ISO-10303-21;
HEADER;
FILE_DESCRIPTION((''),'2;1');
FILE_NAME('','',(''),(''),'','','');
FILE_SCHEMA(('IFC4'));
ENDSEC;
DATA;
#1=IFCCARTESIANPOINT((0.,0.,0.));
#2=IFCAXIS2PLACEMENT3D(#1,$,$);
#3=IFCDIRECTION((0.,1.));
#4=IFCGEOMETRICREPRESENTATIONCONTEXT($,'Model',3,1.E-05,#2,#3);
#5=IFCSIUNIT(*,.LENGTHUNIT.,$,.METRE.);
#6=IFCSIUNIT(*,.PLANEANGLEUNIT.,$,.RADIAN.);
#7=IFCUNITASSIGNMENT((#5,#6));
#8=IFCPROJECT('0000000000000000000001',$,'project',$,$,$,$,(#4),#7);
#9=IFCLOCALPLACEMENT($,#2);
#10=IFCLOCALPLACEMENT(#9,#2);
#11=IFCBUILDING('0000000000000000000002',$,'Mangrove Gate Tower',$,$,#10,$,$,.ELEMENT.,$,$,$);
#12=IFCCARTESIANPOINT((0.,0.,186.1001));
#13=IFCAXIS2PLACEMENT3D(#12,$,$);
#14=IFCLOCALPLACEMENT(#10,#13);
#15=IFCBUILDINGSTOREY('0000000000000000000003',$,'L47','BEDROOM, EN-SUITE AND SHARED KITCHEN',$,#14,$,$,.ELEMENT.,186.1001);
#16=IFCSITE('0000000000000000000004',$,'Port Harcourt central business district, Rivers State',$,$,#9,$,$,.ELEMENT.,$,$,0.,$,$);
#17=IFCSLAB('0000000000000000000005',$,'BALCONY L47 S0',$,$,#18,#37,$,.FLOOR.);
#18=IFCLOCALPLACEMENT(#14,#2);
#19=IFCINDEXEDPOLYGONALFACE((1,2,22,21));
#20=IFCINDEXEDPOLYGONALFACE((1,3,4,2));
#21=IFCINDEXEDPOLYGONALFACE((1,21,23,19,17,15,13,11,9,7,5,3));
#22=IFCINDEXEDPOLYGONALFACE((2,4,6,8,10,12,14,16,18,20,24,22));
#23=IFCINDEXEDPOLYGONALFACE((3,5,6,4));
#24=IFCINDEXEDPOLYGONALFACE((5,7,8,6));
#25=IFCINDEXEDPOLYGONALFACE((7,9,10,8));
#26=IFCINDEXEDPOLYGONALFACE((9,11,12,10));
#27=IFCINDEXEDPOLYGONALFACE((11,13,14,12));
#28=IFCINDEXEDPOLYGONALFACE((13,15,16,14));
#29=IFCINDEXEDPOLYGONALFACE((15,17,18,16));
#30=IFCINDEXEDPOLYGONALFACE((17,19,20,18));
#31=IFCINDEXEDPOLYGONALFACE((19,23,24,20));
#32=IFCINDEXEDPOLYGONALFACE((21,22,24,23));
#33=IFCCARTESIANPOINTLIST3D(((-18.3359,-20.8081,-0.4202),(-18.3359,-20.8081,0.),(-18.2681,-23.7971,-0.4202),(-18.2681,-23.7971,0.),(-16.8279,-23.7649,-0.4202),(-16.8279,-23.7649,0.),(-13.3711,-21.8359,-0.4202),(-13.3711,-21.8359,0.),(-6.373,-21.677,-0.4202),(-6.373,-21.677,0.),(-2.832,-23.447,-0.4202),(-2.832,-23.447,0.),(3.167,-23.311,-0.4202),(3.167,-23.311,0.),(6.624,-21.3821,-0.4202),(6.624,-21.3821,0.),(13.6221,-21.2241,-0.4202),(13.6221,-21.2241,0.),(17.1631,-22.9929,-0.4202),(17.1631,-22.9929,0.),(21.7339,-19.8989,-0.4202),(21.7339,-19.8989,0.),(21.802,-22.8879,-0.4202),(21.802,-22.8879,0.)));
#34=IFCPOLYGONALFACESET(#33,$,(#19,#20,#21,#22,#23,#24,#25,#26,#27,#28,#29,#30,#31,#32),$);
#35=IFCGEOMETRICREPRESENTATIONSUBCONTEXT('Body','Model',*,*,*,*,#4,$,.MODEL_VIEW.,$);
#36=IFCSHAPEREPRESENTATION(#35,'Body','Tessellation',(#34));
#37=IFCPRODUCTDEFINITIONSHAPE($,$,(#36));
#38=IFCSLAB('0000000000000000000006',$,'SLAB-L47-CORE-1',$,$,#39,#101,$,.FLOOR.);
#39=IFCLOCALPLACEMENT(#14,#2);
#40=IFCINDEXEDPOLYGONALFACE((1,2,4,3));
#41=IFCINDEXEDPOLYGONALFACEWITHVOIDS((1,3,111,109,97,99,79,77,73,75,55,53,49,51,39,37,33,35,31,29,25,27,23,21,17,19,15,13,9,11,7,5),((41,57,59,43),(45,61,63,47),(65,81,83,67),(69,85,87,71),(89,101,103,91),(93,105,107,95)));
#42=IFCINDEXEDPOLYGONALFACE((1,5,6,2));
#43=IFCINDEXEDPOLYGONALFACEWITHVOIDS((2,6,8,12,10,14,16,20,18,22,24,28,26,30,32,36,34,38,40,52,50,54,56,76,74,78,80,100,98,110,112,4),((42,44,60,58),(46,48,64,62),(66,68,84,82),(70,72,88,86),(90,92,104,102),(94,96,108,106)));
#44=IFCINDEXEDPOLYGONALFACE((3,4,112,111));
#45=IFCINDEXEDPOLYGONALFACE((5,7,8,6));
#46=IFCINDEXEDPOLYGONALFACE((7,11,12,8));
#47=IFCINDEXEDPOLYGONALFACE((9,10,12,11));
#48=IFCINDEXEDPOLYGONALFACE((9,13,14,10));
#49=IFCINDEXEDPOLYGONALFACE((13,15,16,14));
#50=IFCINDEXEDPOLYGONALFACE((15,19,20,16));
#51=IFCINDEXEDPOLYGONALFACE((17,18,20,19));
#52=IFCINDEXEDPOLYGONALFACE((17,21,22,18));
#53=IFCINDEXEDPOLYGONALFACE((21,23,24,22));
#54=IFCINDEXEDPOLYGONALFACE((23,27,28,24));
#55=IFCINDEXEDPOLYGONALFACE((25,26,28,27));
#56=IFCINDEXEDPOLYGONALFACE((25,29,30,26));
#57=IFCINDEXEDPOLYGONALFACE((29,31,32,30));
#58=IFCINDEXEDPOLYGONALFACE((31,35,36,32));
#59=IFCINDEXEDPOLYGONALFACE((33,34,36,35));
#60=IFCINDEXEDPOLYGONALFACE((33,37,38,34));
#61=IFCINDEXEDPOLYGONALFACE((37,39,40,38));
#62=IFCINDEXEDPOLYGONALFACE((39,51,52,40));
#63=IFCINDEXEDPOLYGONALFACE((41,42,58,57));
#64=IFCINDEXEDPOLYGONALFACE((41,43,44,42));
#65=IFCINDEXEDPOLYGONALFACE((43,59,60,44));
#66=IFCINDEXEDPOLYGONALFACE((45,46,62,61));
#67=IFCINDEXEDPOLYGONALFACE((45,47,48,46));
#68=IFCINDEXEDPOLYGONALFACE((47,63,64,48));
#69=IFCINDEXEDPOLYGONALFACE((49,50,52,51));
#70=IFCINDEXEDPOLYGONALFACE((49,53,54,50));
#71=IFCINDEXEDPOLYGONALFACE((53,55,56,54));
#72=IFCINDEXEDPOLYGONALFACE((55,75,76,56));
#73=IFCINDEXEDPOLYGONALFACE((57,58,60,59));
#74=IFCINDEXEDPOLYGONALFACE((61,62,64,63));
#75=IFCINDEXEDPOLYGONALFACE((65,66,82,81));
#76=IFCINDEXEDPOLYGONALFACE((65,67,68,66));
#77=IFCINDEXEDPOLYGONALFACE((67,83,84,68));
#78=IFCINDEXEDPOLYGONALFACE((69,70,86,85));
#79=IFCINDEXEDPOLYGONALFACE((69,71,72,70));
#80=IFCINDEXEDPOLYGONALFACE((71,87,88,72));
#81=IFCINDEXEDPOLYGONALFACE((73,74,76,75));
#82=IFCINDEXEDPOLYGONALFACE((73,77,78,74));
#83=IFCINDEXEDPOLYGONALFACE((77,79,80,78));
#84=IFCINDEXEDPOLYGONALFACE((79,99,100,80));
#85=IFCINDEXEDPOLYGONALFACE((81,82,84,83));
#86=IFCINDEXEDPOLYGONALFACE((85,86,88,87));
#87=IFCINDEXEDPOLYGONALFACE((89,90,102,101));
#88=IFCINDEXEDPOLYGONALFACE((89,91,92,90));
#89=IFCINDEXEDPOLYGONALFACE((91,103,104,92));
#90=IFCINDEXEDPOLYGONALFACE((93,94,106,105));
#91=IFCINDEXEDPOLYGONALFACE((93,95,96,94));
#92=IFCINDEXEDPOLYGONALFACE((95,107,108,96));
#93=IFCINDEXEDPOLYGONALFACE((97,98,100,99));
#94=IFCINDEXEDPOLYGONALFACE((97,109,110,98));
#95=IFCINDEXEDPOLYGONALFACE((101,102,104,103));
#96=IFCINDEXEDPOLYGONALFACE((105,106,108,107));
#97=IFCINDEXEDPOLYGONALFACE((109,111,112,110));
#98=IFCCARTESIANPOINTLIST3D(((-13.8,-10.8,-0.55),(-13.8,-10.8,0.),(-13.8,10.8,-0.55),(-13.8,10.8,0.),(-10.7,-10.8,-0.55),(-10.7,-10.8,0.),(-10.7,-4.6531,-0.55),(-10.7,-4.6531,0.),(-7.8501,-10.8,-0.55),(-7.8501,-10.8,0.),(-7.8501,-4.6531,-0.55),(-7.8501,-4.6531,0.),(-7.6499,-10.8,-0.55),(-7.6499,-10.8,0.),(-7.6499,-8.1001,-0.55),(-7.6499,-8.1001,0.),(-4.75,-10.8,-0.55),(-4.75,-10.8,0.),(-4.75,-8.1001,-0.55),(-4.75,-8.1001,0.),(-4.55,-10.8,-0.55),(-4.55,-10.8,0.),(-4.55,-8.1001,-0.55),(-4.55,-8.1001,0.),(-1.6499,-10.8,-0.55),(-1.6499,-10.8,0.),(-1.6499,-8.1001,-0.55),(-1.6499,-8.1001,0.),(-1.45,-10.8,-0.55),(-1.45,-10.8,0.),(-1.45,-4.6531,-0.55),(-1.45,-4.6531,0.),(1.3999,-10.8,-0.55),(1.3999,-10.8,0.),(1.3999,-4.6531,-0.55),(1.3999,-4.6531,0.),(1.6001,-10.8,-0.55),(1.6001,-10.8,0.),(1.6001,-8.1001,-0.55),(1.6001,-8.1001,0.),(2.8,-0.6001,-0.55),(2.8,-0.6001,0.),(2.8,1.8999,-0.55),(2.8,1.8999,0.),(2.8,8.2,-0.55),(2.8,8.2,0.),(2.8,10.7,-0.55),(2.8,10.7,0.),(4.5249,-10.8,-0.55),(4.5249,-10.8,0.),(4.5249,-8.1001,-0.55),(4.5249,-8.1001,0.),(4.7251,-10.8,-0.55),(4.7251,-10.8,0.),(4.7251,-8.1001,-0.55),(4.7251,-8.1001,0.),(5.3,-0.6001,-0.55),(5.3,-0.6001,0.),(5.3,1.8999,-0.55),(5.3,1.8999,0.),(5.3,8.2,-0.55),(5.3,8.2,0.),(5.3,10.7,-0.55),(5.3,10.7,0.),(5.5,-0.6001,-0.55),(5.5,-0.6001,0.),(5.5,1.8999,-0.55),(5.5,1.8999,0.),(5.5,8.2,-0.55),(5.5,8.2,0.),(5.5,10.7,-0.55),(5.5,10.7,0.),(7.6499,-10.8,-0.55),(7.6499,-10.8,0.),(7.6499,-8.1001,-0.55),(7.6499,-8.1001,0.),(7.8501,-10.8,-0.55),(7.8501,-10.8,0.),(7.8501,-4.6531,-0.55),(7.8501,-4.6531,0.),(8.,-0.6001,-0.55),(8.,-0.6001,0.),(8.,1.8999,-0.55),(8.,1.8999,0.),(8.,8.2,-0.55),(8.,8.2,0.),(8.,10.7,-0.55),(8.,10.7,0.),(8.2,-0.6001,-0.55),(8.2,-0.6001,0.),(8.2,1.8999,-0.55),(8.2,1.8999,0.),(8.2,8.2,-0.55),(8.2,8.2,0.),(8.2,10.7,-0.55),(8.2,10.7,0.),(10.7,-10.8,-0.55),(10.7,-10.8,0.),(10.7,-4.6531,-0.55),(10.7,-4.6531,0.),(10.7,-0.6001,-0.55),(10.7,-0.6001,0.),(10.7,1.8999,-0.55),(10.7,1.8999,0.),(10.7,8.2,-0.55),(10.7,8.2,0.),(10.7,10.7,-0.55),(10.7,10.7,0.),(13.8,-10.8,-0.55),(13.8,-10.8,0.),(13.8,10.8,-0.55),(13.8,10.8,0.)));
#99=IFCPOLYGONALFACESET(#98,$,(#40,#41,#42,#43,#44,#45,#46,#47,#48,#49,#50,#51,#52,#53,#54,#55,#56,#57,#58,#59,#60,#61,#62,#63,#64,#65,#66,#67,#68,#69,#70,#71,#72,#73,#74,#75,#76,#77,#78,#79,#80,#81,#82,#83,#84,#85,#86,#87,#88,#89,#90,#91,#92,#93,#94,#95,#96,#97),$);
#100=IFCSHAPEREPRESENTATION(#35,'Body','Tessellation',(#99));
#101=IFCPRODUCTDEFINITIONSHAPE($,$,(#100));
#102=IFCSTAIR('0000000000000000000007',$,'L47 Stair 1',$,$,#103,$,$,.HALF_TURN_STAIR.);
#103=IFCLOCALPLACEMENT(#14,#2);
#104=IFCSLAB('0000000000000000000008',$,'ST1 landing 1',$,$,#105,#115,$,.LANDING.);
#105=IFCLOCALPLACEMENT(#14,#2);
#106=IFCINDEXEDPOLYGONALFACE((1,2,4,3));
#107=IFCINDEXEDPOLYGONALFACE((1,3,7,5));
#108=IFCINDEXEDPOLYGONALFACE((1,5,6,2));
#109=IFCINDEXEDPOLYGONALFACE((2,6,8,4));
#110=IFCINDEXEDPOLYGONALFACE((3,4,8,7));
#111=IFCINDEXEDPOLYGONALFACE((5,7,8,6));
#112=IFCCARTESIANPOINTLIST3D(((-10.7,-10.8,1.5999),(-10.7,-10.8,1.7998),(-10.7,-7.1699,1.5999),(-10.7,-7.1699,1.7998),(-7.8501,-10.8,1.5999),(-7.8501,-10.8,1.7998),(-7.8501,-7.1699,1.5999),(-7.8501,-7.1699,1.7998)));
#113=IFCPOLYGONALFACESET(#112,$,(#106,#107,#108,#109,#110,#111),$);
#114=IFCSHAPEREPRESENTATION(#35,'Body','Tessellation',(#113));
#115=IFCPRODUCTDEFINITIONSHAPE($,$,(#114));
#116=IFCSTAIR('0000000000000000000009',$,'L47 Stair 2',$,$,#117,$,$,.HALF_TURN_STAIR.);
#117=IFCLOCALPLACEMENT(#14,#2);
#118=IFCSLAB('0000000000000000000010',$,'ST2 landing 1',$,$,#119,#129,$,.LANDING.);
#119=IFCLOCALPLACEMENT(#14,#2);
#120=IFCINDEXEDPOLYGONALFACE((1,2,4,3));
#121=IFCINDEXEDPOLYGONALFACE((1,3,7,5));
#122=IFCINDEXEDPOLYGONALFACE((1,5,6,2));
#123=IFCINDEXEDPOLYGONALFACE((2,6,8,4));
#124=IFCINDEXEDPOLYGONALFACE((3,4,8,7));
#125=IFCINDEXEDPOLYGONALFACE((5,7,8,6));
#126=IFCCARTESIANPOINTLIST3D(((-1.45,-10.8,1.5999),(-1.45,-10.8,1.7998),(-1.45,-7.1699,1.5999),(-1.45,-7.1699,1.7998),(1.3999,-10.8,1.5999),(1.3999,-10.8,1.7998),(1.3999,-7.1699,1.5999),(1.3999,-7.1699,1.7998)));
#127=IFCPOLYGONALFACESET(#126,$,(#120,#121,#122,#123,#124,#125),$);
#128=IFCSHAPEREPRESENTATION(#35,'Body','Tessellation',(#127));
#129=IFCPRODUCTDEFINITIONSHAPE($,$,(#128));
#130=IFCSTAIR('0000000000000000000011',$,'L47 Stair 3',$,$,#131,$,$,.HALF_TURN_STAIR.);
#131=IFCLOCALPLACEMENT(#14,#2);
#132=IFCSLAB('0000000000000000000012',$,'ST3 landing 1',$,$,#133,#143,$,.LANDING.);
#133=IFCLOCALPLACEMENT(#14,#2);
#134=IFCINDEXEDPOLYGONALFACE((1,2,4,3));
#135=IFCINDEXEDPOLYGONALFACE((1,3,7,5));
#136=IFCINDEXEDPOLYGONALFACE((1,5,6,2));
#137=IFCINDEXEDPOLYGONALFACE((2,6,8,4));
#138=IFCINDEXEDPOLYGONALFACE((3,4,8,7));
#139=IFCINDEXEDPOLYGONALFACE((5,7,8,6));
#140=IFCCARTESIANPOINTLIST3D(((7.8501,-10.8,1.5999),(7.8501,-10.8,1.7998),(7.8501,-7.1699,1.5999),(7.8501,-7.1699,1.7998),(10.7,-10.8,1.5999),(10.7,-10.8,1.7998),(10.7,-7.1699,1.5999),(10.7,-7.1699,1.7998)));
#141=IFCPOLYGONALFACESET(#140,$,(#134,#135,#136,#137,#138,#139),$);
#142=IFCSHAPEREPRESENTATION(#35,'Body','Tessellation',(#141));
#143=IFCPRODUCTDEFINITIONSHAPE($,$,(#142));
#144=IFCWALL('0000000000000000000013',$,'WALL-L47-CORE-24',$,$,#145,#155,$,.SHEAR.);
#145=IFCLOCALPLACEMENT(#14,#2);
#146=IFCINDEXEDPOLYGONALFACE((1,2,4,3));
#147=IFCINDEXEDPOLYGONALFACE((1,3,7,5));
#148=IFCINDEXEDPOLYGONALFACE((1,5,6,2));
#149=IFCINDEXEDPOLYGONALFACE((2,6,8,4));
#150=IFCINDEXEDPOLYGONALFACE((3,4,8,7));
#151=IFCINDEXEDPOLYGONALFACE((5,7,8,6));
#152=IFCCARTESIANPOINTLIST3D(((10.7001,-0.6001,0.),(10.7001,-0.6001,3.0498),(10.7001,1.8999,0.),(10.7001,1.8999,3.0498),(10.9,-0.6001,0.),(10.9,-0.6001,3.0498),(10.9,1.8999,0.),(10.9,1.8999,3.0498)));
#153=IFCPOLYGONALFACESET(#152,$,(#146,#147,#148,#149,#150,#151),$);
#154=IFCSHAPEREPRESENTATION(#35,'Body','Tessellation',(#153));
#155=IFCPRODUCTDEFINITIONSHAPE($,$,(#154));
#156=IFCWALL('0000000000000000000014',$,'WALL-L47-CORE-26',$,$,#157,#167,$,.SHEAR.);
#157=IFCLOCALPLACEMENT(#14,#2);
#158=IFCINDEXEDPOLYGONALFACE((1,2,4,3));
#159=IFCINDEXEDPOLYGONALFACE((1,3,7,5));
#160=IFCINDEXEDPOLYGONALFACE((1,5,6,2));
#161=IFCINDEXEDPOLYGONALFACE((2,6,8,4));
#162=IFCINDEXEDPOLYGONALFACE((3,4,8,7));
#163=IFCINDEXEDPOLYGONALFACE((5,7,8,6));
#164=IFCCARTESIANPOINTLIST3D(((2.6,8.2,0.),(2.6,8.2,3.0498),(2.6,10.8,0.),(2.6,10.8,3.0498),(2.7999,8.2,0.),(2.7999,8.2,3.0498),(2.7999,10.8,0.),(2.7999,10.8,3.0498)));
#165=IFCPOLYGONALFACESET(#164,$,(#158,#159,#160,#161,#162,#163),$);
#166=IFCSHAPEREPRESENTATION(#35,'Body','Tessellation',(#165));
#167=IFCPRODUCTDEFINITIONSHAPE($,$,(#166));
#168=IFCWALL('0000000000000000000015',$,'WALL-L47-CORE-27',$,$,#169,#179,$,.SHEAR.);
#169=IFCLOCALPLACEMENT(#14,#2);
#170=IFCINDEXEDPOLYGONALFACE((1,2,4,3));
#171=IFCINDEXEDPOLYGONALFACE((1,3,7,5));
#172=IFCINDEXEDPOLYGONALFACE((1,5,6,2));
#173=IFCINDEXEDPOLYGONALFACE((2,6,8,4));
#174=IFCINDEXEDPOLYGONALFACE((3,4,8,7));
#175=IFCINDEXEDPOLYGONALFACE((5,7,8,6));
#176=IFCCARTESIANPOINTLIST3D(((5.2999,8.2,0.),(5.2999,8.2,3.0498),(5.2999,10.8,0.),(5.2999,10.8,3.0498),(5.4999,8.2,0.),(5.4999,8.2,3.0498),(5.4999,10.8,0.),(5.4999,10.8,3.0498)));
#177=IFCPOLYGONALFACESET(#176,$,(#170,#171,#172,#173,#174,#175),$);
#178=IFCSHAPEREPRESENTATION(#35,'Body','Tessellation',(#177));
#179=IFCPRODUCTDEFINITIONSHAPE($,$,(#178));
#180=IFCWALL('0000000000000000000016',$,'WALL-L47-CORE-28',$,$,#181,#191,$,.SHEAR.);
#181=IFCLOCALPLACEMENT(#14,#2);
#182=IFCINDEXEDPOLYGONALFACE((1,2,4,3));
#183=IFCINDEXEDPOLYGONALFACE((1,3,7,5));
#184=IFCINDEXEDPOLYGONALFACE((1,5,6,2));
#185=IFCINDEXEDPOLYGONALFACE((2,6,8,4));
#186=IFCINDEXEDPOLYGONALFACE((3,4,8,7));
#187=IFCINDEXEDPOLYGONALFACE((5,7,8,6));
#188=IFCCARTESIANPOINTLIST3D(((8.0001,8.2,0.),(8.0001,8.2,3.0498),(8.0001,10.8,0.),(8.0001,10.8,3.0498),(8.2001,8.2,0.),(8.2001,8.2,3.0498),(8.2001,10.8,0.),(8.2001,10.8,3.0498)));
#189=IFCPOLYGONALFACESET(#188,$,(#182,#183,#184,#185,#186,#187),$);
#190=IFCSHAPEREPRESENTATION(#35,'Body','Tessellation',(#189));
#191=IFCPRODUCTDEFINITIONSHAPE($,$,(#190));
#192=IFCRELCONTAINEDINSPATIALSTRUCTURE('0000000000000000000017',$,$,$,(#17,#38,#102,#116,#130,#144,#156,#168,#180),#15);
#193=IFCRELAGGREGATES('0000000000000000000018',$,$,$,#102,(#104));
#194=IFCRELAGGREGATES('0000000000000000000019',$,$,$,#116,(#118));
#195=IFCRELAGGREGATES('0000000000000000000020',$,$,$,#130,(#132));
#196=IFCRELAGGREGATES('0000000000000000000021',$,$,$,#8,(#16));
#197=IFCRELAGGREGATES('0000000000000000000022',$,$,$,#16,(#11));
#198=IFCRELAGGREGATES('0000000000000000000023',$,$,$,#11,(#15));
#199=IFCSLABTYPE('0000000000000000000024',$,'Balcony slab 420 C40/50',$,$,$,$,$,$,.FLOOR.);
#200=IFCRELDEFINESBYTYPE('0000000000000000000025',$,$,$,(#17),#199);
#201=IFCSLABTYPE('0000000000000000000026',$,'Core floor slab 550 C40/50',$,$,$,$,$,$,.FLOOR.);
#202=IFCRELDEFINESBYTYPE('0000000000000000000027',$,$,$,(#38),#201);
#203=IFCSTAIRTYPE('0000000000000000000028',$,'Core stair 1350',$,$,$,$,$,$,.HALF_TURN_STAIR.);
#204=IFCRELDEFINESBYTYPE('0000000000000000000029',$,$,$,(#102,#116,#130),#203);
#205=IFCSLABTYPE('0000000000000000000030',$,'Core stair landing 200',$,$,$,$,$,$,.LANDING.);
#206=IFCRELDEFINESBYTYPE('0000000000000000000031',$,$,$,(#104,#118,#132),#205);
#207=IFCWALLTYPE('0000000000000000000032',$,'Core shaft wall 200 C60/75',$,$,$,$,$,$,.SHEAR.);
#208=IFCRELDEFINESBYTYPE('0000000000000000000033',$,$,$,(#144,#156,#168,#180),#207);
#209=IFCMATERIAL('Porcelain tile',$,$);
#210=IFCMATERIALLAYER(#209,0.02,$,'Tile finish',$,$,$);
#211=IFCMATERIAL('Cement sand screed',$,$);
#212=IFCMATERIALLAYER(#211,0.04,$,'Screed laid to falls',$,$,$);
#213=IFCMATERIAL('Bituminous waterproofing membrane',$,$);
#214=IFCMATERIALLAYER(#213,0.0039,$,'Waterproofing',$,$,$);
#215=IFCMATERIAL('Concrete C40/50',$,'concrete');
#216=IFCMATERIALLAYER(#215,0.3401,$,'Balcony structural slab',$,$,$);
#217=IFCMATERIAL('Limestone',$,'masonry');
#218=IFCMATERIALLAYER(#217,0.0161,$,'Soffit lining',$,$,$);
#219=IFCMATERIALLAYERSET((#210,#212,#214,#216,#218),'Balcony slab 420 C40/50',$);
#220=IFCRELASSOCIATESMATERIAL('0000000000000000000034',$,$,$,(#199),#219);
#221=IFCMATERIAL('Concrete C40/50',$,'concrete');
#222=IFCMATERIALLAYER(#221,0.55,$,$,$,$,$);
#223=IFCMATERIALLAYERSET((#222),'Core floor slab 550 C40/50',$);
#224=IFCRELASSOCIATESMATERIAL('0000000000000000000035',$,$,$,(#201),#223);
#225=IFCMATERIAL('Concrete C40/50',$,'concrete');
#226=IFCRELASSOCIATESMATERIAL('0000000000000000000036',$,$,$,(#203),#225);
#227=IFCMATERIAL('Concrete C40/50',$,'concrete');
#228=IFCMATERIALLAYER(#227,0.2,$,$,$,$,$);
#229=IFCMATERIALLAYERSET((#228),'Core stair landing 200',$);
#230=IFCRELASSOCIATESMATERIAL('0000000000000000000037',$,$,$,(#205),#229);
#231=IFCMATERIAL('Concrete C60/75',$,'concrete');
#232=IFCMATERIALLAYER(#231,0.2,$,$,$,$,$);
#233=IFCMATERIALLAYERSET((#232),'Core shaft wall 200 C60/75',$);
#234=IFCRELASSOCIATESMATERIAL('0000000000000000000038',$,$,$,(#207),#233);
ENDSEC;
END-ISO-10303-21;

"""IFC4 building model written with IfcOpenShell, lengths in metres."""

from ifc_helpers import new_model, si_unit, direction, frame, frame_2d, origin, place, context, subcontext, project, spatial, polyline, rectangle, outline, extrude, material, layer, layer_set, type_object, element, aggregate, save


model = new_model("IFC4")

# Units and contexts
model_context = context("Model", 3, precision=1e-05, world=origin(), true_north=direction((0.0, 1.0)))
body_context = subcontext(model_context, "Body", "Model", "MODEL_VIEW")
ifc_project = project(units=[si_unit("LENGTHUNIT", "METRE"), si_unit("PLANEANGLEUNIT", "RADIAN")], contexts=[model_context])

# Site, building, storey
site_placement = place(None, origin())
site = spatial("IfcSite", under=ifc_project, at=site_placement, Name="Port Harcourt central business district, Rivers State", CompositionType="ELEMENT", RefElevation=0.0)
building_placement = place(site_placement, origin())
building = spatial("IfcBuilding", under=site, at=building_placement, Name="Mangrove Gate Tower", CompositionType="ELEMENT")
storey_placement = place(building_placement, frame((0.0, 0.0, 186.1001)))
storey = spatial("IfcBuildingStorey", under=building, at=storey_placement, Name="L47", Description="BEDROOM, EN-SUITE AND SHARED KITCHEN", CompositionType="ELEMENT", Elevation=186.1001)

# Slabs
ifc_material_1 = material(Name="Porcelain tile")
ifc_layer_1 = layer(ifc_material_1, 0.02, Name="Tile finish")
ifc_material_2 = material(Name="Cement sand screed")
ifc_layer_2 = layer(ifc_material_2, 0.04, Name="Screed laid to falls")
ifc_material_3 = material(Name="Bituminous waterproofing membrane")
ifc_layer_3 = layer(ifc_material_3, 0.0039, Name="Waterproofing")
ifc_material_4 = material(Name="Concrete C40/50", Category="concrete")
ifc_layer_4 = layer(ifc_material_4, 0.3401, Name="Balcony structural slab")
ifc_material_5 = material(Name="Limestone", Category="masonry")
ifc_layer_5 = layer(ifc_material_5, 0.0161, Name="Soffit lining")
ifc_layer_set_1 = layer_set([ifc_layer_1, ifc_layer_2, ifc_layer_3, ifc_layer_4, ifc_layer_5], Name="Balcony slab 420 C40/50")
slab_type_1 = type_object("IfcSlabType", Name="Balcony slab 420 C40/50", PredefinedType="FLOOR", material=ifc_layer_set_1)
slab_1_placement = place(storey_placement, frame((0.0, 0.0, -0.4202)))
element("IfcSlab", 1, at=slab_1_placement, inside=storey, type_object=slab_type_1, Name="BALCONY L47 S0", PredefinedType="FLOOR", context=body_context, shape_type="SweptSolid", body=[
    extrude(outline(polyline([(-18.2681, -23.7971), (-16.8279, -23.7649), (-13.3711, -21.8359), (-6.373, -21.677), (-2.832, -23.447), (3.167, -23.311), (6.624, -21.3821), (13.6221, -21.2241), (17.1631, -22.9929), (21.802, -22.8879), (21.7339, -19.8989), (-18.3359, -20.8081), (-18.2681, -23.7971)])), origin(), (0.0, 0.0, 1.0), 0.4202),
])
ifc_material_6 = material(Name="Concrete C40/50", Category="concrete")
ifc_layer_6 = layer(ifc_material_6, 0.55)
ifc_layer_set_2 = layer_set([ifc_layer_6], Name="Core floor slab 550 C40/50")
slab_type_2 = type_object("IfcSlabType", Name="Core floor slab 550 C40/50", PredefinedType="FLOOR", material=ifc_layer_set_2)
slab_2_placement = place(storey_placement, frame((0.0, 0.0, -0.55)))
element("IfcSlab", 2, at=slab_2_placement, inside=storey, type_object=slab_type_2, Name="SLAB-L47-CORE-1", PredefinedType="FLOOR", context=body_context, shape_type="SweptSolid", body=[
    extrude(outline(polyline([(-13.8, -10.8), (-13.8, 10.8), (13.8, 10.8), (13.8, -10.8), (10.7, -10.8), (10.7, -4.6531), (7.8501, -4.6531), (7.8501, -10.8), (7.6499, -10.8), (7.6499, -8.1001), (4.7251, -8.1001), (4.7251, -10.8), (4.5249, -10.8), (4.5249, -8.1001), (1.6001, -8.1001), (1.6001, -10.8), (1.3999, -10.8), (1.3999, -4.6531), (-1.45, -4.6531), (-1.45, -10.8), (-1.6499, -10.8), (-1.6499, -8.1001), (-4.55, -8.1001), (-4.55, -10.8), (-4.75, -10.8), (-4.75, -8.1001), (-7.6499, -8.1001), (-7.6499, -10.8), (-7.8501, -10.8), (-7.8501, -4.6531), (-10.7, -4.6531), (-10.7, -10.8), (-13.8, -10.8)]), holes=[polyline([(5.3, -0.6001), (5.3, 1.8999), (2.8, 1.8999), (2.8, -0.6001), (5.3, -0.6001)]), polyline([(5.3, 10.7), (2.8, 10.7), (2.8, 8.2), (5.3, 8.2), (5.3, 10.7)]), polyline([(8.0, -0.6001), (8.0, 1.8999), (5.5, 1.8999), (5.5, -0.6001), (8.0, -0.6001)]), polyline([(10.7, -0.6001), (10.7, 1.8999), (8.2, 1.8999), (8.2, -0.6001), (10.7, -0.6001)]), polyline([(8.0, 8.2), (8.0, 10.7), (5.5, 10.7), (5.5, 8.2), (8.0, 8.2)]), polyline([(10.7, 8.2), (10.7, 10.7), (8.2, 10.7), (8.2, 8.2), (10.7, 8.2)])]), origin(), (0.0, 0.0, 1.0), 0.55),
])

# Stairs, slabs
ifc_material_7 = material(Name="Concrete C40/50", Category="concrete")
stair_type = type_object("IfcStairType", Name="Core stair 1350", PredefinedType="HALF_TURN_STAIR", material=ifc_material_7)
stair_1_placement = place(storey_placement, origin())
stair_1 = element("IfcStair", 3, at=stair_1_placement, inside=storey, type_object=stair_type, Name="L47 Stair 1", PredefinedType="HALF_TURN_STAIR")
ifc_material_8 = material(Name="Concrete C40/50", Category="concrete")
ifc_layer_7 = layer(ifc_material_8, 0.2)
ifc_layer_set_3 = layer_set([ifc_layer_7], Name="Core stair landing 200")
slab_type_3 = type_object("IfcSlabType", Name="Core stair landing 200", PredefinedType="LANDING", material=ifc_layer_set_3)
slab_3_placement = place(storey_placement, frame((0.0, 0.0, 1.5999)))
slab_3 = element("IfcSlab", 4, at=slab_3_placement, type_object=slab_type_3, Name="ST1 landing 1", PredefinedType="LANDING", context=body_context, shape_type="SweptSolid", body=[
    extrude(outline(polyline([(-10.7, -7.1699), (-10.7, -10.8), (-7.8501, -10.8), (-7.8501, -7.1699), (-10.7, -7.1699)])), origin(), (0.0, 0.0, 1.0), 0.2),
])
aggregate(stair_1, [slab_3])
stair_2_placement = place(storey_placement, origin())
stair_2 = element("IfcStair", 5, at=stair_2_placement, inside=storey, type_object=stair_type, Name="L47 Stair 2", PredefinedType="HALF_TURN_STAIR")
slab_4_placement = place(storey_placement, frame((0.0, 0.0, 1.5999)))
slab_4 = element("IfcSlab", 6, at=slab_4_placement, type_object=slab_type_3, Name="ST2 landing 1", PredefinedType="LANDING", context=body_context, shape_type="SweptSolid", body=[
    extrude(outline(polyline([(-1.45, -7.1699), (-1.45, -10.8), (1.3999, -10.8), (1.3999, -7.1699), (-1.45, -7.1699)])), origin(), (0.0, 0.0, 1.0), 0.2),
])
aggregate(stair_2, [slab_4])
stair_3_placement = place(storey_placement, origin())
stair_3 = element("IfcStair", 7, at=stair_3_placement, inside=storey, type_object=stair_type, Name="L47 Stair 3", PredefinedType="HALF_TURN_STAIR")
slab_5_placement = place(storey_placement, frame((0.0, 0.0, 1.5999)))
slab_5 = element("IfcSlab", 8, at=slab_5_placement, type_object=slab_type_3, Name="ST3 landing 1", PredefinedType="LANDING", context=body_context, shape_type="SweptSolid", body=[
    extrude(outline(polyline([(7.8501, -7.1699), (7.8501, -10.8), (10.7, -10.8), (10.7, -7.1699), (7.8501, -7.1699)])), origin(), (0.0, 0.0, 1.0), 0.2),
])
aggregate(stair_3, [slab_5])

# Walls
ifc_material_9 = material(Name="Concrete C60/75", Category="concrete")
ifc_layer_8 = layer(ifc_material_9, 0.2)
ifc_layer_set_4 = layer_set([ifc_layer_8], Name="Core shaft wall 200 C60/75")
wall_type_1 = type_object("IfcWallType", Name="Core shaft wall 200 C60/75", PredefinedType="SHEAR", material=ifc_layer_set_4)
wall_1_placement = place(storey_placement, frame((10.8, -0.6001, 0.0), z_axis=(0.0, 0.0, 1.0), x_axis=(0.0, 1.0, 0.0)))
element("IfcWall", 9, at=wall_1_placement, inside=storey, type_object=wall_type_1, Name="WALL-L47-CORE-24", PredefinedType="SHEAR", context=body_context, shape_type="SweptSolid", body=[
    extrude(rectangle(XDim=2.5, YDim=0.2, at=frame_2d((1.25, 0.0))), origin(), (0.0, 0.0, 1.0), 3.0498),
])
for number, where, z_axis, x_axis, name in (
    (10, (2.7, 8.2, 0.0), (0.0, 0.0, 1.0), (0.0, 1.0, 0.0), "WALL-L47-CORE-26"),
    (11, (5.3999, 8.2, 0.0), (0.0, 0.0, 1.0), (0.0, 1.0, 0.0), "WALL-L47-CORE-27"),
    (12, (8.1001, 8.2, 0.0), (0.0, 0.0, 1.0), (0.0, 1.0, 0.0), "WALL-L47-CORE-28"),
):
    element("IfcWall", number, at=place(storey_placement, frame(where, z_axis=z_axis, x_axis=x_axis)), inside=storey, type_object=wall_type_1, Name=name, PredefinedType="SHEAR", context=body_context, shape_type="SweptSolid", body=[
        extrude(rectangle(XDim=2.6001, YDim=0.2, at=frame_2d((1.3, 0.0))), origin(), (0.0, 0.0, 1.0), 3.0498),
    ])

save(model, "model.ifc")
